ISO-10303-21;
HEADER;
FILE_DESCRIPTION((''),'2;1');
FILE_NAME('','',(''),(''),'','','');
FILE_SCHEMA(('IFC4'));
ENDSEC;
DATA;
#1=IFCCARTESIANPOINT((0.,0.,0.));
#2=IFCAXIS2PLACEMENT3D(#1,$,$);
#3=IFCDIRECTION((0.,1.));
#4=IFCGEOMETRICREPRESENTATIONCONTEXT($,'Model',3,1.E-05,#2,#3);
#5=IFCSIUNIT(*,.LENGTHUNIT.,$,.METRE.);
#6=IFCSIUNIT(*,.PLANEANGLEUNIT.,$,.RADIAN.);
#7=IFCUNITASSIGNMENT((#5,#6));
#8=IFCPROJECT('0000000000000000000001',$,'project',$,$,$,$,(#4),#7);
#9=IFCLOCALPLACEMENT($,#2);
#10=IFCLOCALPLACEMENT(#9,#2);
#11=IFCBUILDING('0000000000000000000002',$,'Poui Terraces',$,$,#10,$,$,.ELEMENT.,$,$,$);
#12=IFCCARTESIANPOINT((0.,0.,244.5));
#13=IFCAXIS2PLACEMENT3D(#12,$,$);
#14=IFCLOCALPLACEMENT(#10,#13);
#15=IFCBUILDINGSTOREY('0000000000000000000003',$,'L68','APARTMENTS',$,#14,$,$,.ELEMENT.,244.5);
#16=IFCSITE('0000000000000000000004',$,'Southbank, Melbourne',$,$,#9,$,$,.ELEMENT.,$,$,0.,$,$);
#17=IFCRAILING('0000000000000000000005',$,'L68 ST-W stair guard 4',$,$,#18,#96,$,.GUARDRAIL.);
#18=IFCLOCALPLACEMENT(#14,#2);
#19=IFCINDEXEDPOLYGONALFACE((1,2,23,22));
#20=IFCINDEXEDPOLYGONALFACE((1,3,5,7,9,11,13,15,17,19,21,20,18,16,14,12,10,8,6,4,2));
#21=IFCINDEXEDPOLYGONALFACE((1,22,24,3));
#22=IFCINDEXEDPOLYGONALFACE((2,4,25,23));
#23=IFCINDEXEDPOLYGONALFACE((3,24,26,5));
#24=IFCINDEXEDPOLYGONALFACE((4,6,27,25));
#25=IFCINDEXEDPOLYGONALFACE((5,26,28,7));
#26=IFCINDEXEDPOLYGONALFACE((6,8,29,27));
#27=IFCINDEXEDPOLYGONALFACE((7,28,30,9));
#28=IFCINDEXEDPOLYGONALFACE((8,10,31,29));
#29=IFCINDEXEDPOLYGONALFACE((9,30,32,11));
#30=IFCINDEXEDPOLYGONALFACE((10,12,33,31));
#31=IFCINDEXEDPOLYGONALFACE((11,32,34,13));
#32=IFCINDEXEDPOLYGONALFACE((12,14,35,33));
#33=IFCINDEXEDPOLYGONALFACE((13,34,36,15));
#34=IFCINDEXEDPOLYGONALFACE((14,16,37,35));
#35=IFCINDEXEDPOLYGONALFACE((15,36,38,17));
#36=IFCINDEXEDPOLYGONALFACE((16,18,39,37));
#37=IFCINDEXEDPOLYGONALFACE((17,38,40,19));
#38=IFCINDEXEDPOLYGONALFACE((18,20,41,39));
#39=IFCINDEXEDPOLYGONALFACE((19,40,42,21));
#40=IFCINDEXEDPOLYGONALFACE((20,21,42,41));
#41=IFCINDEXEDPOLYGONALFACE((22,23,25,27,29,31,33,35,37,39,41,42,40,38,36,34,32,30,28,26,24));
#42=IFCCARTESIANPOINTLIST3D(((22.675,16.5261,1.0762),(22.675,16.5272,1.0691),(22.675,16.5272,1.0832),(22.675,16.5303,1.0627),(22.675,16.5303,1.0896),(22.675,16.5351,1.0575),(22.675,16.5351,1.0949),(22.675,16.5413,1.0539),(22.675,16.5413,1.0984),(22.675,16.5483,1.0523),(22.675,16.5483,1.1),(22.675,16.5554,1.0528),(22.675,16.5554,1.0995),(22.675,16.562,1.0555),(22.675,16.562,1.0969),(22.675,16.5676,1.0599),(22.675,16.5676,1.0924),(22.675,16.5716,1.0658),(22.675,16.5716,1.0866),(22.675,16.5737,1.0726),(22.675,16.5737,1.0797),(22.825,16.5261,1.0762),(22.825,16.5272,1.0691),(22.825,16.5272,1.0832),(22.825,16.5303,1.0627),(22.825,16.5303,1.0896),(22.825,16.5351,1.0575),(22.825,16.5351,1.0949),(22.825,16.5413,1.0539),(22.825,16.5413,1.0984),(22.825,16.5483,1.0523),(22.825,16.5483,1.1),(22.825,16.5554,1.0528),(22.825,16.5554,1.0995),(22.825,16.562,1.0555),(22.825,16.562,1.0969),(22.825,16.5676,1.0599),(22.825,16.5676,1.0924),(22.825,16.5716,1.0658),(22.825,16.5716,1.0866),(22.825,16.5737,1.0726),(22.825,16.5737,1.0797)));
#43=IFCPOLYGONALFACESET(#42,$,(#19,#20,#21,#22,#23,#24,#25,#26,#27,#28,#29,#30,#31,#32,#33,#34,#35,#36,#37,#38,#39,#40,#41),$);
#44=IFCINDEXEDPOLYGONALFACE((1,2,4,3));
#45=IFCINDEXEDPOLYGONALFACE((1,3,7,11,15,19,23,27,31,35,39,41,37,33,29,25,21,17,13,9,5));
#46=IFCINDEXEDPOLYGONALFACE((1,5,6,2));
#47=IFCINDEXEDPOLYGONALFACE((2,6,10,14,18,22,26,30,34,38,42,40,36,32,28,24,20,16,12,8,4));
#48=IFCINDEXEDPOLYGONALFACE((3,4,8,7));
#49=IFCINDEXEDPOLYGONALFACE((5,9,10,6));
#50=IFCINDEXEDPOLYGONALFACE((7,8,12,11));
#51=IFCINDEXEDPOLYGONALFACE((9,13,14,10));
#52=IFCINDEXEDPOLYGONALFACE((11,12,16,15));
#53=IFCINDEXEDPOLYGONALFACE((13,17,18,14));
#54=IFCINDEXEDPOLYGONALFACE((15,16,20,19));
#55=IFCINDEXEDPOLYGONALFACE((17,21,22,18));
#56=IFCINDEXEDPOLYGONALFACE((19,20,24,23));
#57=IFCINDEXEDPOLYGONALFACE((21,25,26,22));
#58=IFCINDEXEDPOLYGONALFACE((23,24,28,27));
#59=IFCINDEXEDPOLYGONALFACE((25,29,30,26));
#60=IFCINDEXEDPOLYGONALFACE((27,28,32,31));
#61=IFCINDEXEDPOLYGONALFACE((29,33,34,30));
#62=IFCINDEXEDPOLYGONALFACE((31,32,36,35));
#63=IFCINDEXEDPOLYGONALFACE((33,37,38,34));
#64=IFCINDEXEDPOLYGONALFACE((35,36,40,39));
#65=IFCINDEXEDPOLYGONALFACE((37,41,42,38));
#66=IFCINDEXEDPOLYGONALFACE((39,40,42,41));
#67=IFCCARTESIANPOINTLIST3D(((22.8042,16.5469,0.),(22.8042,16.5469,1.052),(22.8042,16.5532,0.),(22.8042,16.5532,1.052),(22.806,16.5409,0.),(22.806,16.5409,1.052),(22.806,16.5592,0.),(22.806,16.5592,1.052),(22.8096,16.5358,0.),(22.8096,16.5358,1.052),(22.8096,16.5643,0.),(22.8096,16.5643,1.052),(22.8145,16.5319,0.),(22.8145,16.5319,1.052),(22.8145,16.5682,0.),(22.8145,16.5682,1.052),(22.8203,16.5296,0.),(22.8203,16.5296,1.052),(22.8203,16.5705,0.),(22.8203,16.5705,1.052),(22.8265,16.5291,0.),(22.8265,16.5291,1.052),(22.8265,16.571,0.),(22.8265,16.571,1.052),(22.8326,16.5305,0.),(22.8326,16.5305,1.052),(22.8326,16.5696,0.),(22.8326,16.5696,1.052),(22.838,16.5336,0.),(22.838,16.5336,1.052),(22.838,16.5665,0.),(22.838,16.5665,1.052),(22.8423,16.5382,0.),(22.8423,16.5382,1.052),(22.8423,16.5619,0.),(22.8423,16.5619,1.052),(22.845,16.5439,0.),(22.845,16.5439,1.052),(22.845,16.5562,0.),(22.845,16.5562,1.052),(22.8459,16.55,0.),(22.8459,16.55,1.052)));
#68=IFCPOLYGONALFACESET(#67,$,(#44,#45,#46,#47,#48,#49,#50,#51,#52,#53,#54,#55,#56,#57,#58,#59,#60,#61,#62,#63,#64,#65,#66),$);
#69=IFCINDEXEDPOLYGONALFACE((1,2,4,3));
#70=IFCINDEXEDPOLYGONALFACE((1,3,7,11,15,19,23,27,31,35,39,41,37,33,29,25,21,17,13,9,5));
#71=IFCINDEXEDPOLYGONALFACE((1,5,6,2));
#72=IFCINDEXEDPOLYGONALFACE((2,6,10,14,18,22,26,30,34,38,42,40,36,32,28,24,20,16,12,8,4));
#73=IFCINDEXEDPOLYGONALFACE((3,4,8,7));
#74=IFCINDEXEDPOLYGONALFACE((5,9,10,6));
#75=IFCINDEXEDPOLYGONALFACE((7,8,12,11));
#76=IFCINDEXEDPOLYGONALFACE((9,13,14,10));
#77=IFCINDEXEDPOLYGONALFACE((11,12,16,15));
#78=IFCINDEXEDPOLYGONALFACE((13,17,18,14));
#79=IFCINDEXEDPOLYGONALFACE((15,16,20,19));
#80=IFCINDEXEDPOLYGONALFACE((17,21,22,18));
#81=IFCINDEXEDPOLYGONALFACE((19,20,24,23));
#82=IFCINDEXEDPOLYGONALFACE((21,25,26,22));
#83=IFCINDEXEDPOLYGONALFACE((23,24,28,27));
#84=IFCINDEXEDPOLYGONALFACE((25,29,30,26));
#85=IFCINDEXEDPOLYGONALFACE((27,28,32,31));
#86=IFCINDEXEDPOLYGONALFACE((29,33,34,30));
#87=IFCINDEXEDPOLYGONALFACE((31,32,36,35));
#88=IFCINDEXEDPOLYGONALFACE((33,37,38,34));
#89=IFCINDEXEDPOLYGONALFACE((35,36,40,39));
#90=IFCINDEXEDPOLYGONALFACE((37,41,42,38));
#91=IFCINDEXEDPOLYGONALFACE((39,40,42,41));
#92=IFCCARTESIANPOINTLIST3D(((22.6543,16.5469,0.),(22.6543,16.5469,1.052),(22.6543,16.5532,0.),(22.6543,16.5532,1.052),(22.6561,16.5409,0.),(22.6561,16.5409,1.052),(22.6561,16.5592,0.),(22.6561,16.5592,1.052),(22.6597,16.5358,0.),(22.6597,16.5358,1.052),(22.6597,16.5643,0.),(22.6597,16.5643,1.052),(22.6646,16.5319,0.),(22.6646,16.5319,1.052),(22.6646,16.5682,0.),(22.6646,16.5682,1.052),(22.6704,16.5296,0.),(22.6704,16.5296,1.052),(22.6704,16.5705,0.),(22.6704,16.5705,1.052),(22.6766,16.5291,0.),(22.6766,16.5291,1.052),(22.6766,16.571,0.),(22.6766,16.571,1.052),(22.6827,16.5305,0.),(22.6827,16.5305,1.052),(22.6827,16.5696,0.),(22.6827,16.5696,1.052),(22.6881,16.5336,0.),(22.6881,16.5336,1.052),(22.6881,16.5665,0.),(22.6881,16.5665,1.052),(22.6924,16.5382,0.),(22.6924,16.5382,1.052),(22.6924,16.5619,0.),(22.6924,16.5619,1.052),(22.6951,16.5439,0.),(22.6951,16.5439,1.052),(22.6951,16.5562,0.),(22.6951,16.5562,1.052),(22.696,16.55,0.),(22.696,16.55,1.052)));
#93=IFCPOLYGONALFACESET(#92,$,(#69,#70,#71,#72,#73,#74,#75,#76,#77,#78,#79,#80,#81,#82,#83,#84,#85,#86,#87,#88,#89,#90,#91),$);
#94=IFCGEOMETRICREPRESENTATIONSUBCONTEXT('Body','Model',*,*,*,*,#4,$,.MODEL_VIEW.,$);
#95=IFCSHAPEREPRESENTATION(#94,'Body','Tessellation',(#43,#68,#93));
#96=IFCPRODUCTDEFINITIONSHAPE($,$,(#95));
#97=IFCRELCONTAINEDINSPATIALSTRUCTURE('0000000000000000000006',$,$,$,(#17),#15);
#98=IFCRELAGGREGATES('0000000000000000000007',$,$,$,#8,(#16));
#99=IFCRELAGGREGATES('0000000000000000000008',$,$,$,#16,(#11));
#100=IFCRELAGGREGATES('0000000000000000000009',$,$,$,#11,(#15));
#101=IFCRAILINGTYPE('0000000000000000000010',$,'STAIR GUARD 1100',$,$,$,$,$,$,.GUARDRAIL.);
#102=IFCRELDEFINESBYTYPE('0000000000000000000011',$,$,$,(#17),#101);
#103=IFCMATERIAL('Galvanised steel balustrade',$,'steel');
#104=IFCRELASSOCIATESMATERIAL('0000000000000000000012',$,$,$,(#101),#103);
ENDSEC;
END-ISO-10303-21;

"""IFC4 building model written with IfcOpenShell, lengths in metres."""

from ifc_helpers import new_model, si_unit, direction, frame, origin, origin_2d, place, context, subcontext, project, spatial, circle, extrude, material, type_object, element, save


model = new_model("IFC4")

# Units and contexts
model_context = context("Model", 3, precision=1e-05, world=origin(), true_north=direction((0.0, 1.0)))
body_context = subcontext(model_context, "Body", "Model", "MODEL_VIEW")
ifc_project = project(units=[si_unit("LENGTHUNIT", "METRE"), si_unit("PLANEANGLEUNIT", "RADIAN")], contexts=[model_context])

# Site, building, storey
site_placement = place(None, origin())
site = spatial("IfcSite", under=ifc_project, at=site_placement, Name="Southbank, Melbourne", CompositionType="ELEMENT", RefElevation=0.0)
building_placement = place(site_placement, origin())
building = spatial("IfcBuilding", under=site, at=building_placement, Name="Poui Terraces", CompositionType="ELEMENT")
storey_placement = place(building_placement, frame((0.0, 0.0, 244.5)))
storey = spatial("IfcBuildingStorey", under=building, at=storey_placement, Name="L68", Description="APARTMENTS", CompositionType="ELEMENT", Elevation=244.5)

# Railing
ifc_material_1 = material(Name="Galvanised steel balustrade", Category="steel")
railing_type = type_object("IfcRailingType", Name="STAIR GUARD 1100", PredefinedType="GUARDRAIL", material=ifc_material_1)
railing_placement = place(storey_placement, frame((22.825, 16.55, 0.0)))
element("IfcRailing", 1, at=railing_placement, inside=storey, type_object=railing_type, Name="L68 ST-W stair guard 4", PredefinedType="GUARDRAIL", context=body_context, shape_type="SweptSolid", body=[
    extrude(circle(Radius=0.0239, at=origin_2d()), frame((0.0, 0.0, 1.0762), z_axis=(-1.0, 0.0, 0.0), x_axis=(0.0, -1.0, 0.0)), (0.0, 0.0, 1.0), 0.1499),
    extrude(circle(Radius=0.021, at=origin_2d()), origin(), (0.0, 0.0, 1.0), 1.052),
    extrude(circle(Radius=0.021, at=origin_2d()), frame((-0.1499, 0.0, 0.0)), (0.0, 0.0, 1.0), 1.052),
])

save(model, "model.ifc")
